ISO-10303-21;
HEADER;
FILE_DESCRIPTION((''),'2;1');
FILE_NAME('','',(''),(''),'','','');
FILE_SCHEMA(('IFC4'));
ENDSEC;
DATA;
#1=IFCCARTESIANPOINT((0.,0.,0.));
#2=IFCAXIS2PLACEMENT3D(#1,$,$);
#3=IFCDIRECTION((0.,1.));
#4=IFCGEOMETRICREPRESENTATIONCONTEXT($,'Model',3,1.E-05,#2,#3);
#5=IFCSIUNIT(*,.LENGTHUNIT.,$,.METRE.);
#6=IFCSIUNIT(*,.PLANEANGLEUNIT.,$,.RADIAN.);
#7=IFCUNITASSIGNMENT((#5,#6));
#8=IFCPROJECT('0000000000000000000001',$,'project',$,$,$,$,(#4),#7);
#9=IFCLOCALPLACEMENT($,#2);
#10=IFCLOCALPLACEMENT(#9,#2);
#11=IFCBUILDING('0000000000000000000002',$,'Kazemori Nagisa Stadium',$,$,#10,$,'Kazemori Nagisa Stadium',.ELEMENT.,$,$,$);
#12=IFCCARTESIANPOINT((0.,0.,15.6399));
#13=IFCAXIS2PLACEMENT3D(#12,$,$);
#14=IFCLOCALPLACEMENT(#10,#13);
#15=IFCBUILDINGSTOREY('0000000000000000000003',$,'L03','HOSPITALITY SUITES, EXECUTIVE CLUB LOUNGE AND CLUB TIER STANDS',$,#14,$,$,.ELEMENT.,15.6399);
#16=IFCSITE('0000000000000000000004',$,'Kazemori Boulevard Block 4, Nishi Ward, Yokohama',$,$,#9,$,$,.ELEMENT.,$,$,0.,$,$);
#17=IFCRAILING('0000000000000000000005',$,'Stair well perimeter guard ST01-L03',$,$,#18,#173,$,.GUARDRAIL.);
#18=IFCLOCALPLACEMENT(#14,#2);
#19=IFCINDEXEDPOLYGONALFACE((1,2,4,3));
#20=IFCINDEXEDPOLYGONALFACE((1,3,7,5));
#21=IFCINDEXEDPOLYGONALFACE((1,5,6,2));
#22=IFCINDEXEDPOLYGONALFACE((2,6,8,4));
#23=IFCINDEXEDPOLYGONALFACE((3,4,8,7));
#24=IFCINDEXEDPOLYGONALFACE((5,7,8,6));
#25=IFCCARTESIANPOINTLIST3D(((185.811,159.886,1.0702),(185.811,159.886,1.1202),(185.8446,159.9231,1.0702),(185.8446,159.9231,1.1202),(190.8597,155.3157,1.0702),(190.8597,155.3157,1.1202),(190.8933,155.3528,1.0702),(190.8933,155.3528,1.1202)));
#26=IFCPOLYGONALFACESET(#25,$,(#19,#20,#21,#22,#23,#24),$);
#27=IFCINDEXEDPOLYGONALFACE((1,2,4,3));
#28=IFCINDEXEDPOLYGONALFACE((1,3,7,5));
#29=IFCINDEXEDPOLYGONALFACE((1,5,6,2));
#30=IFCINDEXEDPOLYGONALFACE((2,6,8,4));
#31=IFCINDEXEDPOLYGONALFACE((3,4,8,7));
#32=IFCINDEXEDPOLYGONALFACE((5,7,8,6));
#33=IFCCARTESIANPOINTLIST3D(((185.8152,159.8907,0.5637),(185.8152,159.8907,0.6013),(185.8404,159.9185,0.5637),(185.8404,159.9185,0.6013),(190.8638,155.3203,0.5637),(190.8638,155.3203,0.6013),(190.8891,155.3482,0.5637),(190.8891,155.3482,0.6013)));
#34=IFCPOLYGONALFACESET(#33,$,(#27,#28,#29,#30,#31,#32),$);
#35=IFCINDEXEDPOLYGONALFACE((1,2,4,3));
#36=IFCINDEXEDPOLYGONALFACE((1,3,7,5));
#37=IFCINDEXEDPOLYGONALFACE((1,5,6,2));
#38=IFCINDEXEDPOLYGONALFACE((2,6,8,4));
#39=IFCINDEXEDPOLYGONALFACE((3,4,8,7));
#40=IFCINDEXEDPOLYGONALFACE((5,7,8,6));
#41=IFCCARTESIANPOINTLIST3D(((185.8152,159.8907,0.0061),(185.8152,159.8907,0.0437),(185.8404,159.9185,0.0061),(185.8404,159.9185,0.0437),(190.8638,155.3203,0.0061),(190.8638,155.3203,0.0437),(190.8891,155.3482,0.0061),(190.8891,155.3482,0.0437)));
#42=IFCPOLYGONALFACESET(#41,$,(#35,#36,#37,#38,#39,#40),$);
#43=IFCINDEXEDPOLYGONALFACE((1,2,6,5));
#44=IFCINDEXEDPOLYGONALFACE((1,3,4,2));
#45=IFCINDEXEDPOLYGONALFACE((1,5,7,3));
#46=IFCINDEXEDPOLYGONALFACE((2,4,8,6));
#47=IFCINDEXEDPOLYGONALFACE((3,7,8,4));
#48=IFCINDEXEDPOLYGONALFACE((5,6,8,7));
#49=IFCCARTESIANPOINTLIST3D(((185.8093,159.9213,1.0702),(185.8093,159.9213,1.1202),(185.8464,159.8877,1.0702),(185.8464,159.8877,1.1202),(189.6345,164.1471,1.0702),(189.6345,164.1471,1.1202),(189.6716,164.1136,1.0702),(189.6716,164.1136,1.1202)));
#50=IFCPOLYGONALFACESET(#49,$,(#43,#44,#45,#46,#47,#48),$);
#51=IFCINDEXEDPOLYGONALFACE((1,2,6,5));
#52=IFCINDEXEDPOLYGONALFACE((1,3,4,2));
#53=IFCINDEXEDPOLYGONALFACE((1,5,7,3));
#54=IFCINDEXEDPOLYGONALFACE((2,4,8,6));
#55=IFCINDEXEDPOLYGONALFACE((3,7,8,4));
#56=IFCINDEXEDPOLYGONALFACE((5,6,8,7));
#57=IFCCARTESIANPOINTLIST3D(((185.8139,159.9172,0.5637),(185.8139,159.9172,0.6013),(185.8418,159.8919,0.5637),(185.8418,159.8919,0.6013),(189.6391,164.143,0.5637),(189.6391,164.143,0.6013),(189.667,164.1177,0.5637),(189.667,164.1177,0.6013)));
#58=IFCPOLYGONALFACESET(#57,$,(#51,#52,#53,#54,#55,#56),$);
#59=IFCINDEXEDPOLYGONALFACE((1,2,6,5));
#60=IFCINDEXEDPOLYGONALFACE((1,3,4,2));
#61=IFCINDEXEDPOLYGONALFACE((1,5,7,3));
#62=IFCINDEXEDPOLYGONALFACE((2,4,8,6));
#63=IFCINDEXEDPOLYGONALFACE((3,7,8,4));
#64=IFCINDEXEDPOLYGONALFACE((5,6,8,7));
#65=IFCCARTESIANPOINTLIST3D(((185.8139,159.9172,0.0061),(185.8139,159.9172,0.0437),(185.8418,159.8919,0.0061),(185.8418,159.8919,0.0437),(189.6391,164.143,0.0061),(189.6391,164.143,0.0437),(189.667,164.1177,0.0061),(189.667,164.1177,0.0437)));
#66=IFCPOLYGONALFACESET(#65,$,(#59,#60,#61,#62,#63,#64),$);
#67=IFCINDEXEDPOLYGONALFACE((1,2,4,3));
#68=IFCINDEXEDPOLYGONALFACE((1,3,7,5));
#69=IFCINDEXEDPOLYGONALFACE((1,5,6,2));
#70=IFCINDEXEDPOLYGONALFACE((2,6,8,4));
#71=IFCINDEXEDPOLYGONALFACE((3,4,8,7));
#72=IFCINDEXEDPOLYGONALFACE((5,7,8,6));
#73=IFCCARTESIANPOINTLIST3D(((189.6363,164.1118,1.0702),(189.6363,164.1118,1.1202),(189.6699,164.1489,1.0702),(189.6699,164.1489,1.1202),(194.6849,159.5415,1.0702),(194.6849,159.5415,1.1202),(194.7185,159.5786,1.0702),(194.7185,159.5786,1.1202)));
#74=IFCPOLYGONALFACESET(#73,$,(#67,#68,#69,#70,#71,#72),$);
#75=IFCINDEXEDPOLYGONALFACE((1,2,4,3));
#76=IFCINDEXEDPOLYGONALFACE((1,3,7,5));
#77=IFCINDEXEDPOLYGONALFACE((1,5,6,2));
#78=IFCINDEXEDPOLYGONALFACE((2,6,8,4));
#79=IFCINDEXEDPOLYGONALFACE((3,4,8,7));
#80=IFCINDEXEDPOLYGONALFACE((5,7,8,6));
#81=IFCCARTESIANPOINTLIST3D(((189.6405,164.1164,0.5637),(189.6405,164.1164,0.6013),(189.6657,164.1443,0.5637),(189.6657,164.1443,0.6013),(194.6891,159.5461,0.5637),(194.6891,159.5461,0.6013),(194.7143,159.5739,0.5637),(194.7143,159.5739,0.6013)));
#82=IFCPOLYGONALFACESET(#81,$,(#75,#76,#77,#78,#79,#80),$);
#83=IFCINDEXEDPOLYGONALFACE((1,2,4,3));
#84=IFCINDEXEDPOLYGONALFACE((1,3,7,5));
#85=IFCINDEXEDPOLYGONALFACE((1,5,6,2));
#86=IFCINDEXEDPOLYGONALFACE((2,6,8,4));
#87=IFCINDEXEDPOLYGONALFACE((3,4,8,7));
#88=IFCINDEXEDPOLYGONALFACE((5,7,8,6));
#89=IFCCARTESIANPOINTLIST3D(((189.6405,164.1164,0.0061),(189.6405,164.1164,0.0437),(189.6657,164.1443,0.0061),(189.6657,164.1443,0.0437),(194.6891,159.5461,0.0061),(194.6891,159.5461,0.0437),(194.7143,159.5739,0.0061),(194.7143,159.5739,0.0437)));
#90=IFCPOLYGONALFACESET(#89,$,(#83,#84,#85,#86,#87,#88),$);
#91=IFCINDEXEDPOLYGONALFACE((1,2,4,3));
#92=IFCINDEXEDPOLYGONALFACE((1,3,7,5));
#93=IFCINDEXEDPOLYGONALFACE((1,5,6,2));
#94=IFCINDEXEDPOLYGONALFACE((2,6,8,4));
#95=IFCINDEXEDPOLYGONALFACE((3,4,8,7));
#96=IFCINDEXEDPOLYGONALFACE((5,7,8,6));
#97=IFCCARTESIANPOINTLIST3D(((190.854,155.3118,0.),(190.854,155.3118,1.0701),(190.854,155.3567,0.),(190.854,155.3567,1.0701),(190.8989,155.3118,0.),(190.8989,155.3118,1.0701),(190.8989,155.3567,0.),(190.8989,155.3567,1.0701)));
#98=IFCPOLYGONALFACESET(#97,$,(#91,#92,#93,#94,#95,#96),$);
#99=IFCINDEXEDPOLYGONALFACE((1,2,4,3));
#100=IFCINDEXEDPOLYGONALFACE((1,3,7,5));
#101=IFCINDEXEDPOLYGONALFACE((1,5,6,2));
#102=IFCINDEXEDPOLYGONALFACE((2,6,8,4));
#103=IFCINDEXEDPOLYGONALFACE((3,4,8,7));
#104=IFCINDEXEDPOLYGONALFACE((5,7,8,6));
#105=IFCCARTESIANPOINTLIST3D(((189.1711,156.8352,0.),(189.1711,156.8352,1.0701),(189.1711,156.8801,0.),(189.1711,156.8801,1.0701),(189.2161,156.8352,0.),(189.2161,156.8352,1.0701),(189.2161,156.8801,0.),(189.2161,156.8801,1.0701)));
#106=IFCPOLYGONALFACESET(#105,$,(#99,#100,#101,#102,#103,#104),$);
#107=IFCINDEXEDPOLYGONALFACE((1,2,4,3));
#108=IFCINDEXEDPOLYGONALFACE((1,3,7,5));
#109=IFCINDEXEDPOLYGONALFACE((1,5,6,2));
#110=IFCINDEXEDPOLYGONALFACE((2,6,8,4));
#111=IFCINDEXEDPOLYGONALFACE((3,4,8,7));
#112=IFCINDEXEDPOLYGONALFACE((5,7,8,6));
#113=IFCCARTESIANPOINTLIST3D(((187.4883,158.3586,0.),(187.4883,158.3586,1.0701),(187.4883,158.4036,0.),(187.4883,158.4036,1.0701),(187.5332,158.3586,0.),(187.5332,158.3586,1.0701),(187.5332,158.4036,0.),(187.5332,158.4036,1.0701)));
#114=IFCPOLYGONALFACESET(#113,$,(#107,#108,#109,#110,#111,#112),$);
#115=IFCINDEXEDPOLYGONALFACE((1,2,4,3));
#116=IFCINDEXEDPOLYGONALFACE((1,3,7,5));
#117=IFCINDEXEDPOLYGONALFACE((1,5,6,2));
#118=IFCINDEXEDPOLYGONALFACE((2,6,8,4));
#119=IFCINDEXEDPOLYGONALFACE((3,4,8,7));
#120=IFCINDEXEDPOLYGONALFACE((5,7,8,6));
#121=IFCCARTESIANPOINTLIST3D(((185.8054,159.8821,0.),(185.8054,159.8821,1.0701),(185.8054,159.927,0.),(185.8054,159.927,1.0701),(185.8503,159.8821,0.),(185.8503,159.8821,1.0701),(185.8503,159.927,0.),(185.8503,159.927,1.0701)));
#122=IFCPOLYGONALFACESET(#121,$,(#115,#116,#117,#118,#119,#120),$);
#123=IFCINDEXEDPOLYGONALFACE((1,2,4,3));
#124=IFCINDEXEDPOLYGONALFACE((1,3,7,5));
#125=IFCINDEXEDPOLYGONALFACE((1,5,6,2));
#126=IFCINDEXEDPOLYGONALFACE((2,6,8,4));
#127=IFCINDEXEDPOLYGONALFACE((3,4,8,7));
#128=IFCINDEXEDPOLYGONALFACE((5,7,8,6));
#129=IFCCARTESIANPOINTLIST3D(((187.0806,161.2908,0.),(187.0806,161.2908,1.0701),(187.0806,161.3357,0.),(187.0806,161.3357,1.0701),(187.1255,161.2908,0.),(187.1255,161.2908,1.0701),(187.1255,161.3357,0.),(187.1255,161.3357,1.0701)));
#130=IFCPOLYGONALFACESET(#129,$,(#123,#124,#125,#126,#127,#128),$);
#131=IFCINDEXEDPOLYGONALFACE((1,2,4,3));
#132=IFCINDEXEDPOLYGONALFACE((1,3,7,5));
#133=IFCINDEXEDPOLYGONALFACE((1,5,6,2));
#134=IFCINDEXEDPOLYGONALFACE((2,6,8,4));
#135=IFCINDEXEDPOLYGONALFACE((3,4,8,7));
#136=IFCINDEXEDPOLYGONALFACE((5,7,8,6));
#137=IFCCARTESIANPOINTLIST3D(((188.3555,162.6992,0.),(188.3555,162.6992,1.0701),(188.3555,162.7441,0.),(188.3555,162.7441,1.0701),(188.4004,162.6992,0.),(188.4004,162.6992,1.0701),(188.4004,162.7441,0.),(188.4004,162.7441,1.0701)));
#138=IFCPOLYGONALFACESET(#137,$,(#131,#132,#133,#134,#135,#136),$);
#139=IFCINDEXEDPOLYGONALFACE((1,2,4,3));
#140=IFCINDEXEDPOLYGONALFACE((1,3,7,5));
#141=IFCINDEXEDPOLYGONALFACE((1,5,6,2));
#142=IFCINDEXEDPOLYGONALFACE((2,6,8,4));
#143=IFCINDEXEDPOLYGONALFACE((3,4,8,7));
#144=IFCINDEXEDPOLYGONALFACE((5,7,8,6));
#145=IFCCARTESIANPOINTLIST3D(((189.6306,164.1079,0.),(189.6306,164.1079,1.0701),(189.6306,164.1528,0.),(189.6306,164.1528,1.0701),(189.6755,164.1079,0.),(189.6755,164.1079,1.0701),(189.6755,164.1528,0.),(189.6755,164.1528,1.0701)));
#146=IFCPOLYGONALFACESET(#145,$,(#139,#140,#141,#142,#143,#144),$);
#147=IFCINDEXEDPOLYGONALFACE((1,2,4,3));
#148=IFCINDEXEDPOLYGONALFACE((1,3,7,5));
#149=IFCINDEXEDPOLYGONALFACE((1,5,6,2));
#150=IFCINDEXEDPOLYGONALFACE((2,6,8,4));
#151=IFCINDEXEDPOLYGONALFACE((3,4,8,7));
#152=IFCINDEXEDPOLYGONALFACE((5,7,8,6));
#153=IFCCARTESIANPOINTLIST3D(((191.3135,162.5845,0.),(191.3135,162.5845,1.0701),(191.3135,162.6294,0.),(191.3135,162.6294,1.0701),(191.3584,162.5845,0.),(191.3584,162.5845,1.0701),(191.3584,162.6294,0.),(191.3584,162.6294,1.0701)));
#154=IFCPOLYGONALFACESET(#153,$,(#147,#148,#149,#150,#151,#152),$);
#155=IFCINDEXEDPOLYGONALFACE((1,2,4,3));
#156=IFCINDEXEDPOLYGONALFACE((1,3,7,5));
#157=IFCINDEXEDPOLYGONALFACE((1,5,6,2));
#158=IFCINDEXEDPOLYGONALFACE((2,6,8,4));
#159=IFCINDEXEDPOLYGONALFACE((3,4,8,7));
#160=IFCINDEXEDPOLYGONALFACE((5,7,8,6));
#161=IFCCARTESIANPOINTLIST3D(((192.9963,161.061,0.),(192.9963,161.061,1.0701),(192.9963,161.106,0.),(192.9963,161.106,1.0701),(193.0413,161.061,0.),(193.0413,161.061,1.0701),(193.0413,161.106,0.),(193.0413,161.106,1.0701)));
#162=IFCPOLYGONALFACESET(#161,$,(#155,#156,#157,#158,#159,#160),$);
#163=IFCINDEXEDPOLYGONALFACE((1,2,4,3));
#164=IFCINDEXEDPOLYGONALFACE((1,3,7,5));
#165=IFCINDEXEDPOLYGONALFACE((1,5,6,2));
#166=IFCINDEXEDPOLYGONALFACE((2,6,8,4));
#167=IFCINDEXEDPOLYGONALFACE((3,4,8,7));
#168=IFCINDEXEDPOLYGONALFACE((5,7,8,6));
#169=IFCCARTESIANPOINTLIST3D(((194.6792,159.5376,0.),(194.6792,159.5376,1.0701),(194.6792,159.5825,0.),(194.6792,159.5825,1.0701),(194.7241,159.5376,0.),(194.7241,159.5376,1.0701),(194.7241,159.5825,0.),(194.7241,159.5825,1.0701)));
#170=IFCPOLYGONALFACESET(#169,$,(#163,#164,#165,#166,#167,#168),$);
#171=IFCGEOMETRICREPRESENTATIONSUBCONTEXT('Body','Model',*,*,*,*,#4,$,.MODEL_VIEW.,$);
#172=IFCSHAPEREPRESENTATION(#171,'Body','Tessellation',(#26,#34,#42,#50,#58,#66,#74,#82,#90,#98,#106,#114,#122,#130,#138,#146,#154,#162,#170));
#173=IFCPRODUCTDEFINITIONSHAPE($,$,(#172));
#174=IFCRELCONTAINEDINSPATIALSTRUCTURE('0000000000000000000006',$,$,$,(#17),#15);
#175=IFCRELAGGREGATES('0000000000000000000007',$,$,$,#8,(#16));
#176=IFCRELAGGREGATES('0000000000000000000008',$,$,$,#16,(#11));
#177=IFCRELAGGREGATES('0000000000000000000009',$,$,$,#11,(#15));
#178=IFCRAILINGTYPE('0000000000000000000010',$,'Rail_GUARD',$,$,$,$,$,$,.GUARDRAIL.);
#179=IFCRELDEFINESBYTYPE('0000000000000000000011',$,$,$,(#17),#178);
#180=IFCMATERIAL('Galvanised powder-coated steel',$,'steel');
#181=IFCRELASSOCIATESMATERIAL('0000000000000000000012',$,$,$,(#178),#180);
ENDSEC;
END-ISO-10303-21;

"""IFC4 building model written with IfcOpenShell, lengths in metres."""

from ifc_helpers import new_model, si_unit, direction, frame, origin, origin_2d, place, context, subcontext, project, spatial, rectangle, extrude, material, type_object, element, save


model = new_model("IFC4")

# Units and contexts
model_context = context("Model", 3, precision=1e-05, world=origin(), true_north=direction((0.0, 1.0)))
body_context = subcontext(model_context, "Body", "Model", "MODEL_VIEW")
ifc_project = project(units=[si_unit("LENGTHUNIT", "METRE"), si_unit("PLANEANGLEUNIT", "RADIAN")], contexts=[model_context])

# Site, building, storey
site_placement = place(None, origin())
site = spatial("IfcSite", under=ifc_project, at=site_placement, Name="Kazemori Boulevard Block 4, Nishi Ward, Yokohama", CompositionType="ELEMENT", RefElevation=0.0)
building_placement = place(site_placement, origin())
building = spatial("IfcBuilding", under=site, at=building_placement, Name="Kazemori Nagisa Stadium", LongName="Kazemori Nagisa Stadium", CompositionType="ELEMENT")
storey_placement = place(building_placement, frame((0.0, 0.0, 15.6399)))
storey = spatial("IfcBuildingStorey", under=building, at=storey_placement, Name="L03", Description="HOSPITALITY SUITES, EXECUTIVE CLUB LOUNGE AND CLUB TIER STANDS", CompositionType="ELEMENT", Elevation=15.6399)

# Railing
ifc_material_1 = material(Name="Galvanised powder-coated steel", Category="steel")
railing_type_1 = type_object("IfcRailingType", Name="Rail_GUARD", PredefinedType="GUARDRAIL", material=ifc_material_1)
railing_1_placement = place(storey_placement, frame((190.8765, 155.3342, 0.0)))
element("IfcRailing", 1, at=railing_1_placement, inside=storey, type_object=railing_type_1, Name="Stair well perimeter guard ST01-L03", PredefinedType="GUARDRAIL", context=body_context, shape_type="SweptSolid", body=[
    extrude(rectangle(XDim=0.05, YDim=0.05, at=origin_2d()), frame((0.0, 0.0, 1.0952), z_axis=(-0.74135, 0.671119, 0.0), x_axis=(-0.671119, -0.74135, 0.0)), (0.0, 0.0, 1.0), 6.8101),
    extrude(rectangle(XDim=0.0376, YDim=0.0376, at=origin_2d()), frame((0.0, 0.0, 0.5825), z_axis=(-0.74135, 0.671119, 0.0), x_axis=(-0.671119, -0.74135, 0.0)), (0.0, 0.0, 1.0), 6.8101),
    extrude(rectangle(XDim=0.0376, YDim=0.0376, at=origin_2d()), frame((0.0, 0.0, 0.0249), z_axis=(-0.74135, 0.671119, 0.0), x_axis=(-0.671119, -0.74135, 0.0)), (0.0, 0.0, 1.0), 6.8101),
    extrude(rectangle(XDim=0.05, YDim=0.05, at=origin_2d()), frame((-5.0486, 4.5703, 1.0952), z_axis=(0.671089, 0.741376, 0.0), x_axis=(-0.741376, 0.671089, 0.0)), (0.0, 0.0, 1.0), 5.7),
    extrude(rectangle(XDim=0.0376, YDim=0.0376, at=origin_2d()), frame((-5.0486, 4.5703, 0.5825), z_axis=(0.671089, 0.741376, 0.0), x_axis=(-0.741376, 0.671089, 0.0)), (0.0, 0.0, 1.0), 5.7),
    extrude(rectangle(XDim=0.0376, YDim=0.0376, at=origin_2d()), frame((-5.0486, 4.5703, 0.0249), z_axis=(0.671089, 0.741376, 0.0), x_axis=(-0.741376, 0.671089, 0.0)), (0.0, 0.0, 1.0), 5.7),
    extrude(rectangle(XDim=0.05, YDim=0.05, at=origin_2d()), frame((-1.2234, 8.7961, 1.0952), z_axis=(0.74135, -0.671119, 0.0), x_axis=(0.671119, 0.74135, 0.0)), (0.0, 0.0, 1.0), 6.8101),
    extrude(rectangle(XDim=0.0376, YDim=0.0376, at=origin_2d()), frame((-1.2234, 8.7961, 0.5825), z_axis=(0.74135, -0.671119, 0.0), x_axis=(0.671119, 0.74135, 0.0)), (0.0, 0.0, 1.0), 6.8101),
    extrude(rectangle(XDim=0.0376, YDim=0.0376, at=origin_2d()), frame((-1.2234, 8.7961, 0.0249), z_axis=(0.74135, -0.671119, 0.0), x_axis=(0.671119, 0.74135, 0.0)), (0.0, 0.0, 1.0), 6.8101),
    extrude(rectangle(XDim=0.0449, YDim=0.0449, at=origin_2d()), origin(), (0.0, 0.0, 1.0), 1.0701),
    extrude(rectangle(XDim=0.0449, YDim=0.0449, at=origin_2d()), frame((-1.6829, 1.5234, 0.0)), (0.0, 0.0, 1.0), 1.0701),
    extrude(rectangle(XDim=0.0449, YDim=0.0449, at=origin_2d()), frame((-3.3657, 3.0469, 0.0)), (0.0, 0.0, 1.0), 1.0701),
    extrude(rectangle(XDim=0.0449, YDim=0.0449, at=origin_2d()), frame((-5.0486, 4.5703, 0.0)), (0.0, 0.0, 1.0), 1.0701),
    extrude(rectangle(XDim=0.0449, YDim=0.0449, at=origin_2d()), frame((-3.7734, 5.979, 0.0)), (0.0, 0.0, 1.0), 1.0701),
    extrude(rectangle(XDim=0.0449, YDim=0.0449, at=origin_2d()), frame((-2.4985, 7.3875, 0.0)), (0.0, 0.0, 1.0), 1.0701),
    extrude(rectangle(XDim=0.0449, YDim=0.0449, at=origin_2d()), frame((-1.2234, 8.7961, 0.0)), (0.0, 0.0, 1.0), 1.0701),
    extrude(rectangle(XDim=0.0449, YDim=0.0449, at=origin_2d()), frame((0.4595, 7.2727, 0.0)), (0.0, 0.0, 1.0), 1.0701),
    extrude(rectangle(XDim=0.0449, YDim=0.0449, at=origin_2d()), frame((2.1423, 5.7493, 0.0)), (0.0, 0.0, 1.0), 1.0701),
    extrude(rectangle(XDim=0.0449, YDim=0.0449, at=origin_2d()), frame((3.8252, 4.2258, 0.0)), (0.0, 0.0, 1.0), 1.0701),
])

save(model, "model.ifc")
